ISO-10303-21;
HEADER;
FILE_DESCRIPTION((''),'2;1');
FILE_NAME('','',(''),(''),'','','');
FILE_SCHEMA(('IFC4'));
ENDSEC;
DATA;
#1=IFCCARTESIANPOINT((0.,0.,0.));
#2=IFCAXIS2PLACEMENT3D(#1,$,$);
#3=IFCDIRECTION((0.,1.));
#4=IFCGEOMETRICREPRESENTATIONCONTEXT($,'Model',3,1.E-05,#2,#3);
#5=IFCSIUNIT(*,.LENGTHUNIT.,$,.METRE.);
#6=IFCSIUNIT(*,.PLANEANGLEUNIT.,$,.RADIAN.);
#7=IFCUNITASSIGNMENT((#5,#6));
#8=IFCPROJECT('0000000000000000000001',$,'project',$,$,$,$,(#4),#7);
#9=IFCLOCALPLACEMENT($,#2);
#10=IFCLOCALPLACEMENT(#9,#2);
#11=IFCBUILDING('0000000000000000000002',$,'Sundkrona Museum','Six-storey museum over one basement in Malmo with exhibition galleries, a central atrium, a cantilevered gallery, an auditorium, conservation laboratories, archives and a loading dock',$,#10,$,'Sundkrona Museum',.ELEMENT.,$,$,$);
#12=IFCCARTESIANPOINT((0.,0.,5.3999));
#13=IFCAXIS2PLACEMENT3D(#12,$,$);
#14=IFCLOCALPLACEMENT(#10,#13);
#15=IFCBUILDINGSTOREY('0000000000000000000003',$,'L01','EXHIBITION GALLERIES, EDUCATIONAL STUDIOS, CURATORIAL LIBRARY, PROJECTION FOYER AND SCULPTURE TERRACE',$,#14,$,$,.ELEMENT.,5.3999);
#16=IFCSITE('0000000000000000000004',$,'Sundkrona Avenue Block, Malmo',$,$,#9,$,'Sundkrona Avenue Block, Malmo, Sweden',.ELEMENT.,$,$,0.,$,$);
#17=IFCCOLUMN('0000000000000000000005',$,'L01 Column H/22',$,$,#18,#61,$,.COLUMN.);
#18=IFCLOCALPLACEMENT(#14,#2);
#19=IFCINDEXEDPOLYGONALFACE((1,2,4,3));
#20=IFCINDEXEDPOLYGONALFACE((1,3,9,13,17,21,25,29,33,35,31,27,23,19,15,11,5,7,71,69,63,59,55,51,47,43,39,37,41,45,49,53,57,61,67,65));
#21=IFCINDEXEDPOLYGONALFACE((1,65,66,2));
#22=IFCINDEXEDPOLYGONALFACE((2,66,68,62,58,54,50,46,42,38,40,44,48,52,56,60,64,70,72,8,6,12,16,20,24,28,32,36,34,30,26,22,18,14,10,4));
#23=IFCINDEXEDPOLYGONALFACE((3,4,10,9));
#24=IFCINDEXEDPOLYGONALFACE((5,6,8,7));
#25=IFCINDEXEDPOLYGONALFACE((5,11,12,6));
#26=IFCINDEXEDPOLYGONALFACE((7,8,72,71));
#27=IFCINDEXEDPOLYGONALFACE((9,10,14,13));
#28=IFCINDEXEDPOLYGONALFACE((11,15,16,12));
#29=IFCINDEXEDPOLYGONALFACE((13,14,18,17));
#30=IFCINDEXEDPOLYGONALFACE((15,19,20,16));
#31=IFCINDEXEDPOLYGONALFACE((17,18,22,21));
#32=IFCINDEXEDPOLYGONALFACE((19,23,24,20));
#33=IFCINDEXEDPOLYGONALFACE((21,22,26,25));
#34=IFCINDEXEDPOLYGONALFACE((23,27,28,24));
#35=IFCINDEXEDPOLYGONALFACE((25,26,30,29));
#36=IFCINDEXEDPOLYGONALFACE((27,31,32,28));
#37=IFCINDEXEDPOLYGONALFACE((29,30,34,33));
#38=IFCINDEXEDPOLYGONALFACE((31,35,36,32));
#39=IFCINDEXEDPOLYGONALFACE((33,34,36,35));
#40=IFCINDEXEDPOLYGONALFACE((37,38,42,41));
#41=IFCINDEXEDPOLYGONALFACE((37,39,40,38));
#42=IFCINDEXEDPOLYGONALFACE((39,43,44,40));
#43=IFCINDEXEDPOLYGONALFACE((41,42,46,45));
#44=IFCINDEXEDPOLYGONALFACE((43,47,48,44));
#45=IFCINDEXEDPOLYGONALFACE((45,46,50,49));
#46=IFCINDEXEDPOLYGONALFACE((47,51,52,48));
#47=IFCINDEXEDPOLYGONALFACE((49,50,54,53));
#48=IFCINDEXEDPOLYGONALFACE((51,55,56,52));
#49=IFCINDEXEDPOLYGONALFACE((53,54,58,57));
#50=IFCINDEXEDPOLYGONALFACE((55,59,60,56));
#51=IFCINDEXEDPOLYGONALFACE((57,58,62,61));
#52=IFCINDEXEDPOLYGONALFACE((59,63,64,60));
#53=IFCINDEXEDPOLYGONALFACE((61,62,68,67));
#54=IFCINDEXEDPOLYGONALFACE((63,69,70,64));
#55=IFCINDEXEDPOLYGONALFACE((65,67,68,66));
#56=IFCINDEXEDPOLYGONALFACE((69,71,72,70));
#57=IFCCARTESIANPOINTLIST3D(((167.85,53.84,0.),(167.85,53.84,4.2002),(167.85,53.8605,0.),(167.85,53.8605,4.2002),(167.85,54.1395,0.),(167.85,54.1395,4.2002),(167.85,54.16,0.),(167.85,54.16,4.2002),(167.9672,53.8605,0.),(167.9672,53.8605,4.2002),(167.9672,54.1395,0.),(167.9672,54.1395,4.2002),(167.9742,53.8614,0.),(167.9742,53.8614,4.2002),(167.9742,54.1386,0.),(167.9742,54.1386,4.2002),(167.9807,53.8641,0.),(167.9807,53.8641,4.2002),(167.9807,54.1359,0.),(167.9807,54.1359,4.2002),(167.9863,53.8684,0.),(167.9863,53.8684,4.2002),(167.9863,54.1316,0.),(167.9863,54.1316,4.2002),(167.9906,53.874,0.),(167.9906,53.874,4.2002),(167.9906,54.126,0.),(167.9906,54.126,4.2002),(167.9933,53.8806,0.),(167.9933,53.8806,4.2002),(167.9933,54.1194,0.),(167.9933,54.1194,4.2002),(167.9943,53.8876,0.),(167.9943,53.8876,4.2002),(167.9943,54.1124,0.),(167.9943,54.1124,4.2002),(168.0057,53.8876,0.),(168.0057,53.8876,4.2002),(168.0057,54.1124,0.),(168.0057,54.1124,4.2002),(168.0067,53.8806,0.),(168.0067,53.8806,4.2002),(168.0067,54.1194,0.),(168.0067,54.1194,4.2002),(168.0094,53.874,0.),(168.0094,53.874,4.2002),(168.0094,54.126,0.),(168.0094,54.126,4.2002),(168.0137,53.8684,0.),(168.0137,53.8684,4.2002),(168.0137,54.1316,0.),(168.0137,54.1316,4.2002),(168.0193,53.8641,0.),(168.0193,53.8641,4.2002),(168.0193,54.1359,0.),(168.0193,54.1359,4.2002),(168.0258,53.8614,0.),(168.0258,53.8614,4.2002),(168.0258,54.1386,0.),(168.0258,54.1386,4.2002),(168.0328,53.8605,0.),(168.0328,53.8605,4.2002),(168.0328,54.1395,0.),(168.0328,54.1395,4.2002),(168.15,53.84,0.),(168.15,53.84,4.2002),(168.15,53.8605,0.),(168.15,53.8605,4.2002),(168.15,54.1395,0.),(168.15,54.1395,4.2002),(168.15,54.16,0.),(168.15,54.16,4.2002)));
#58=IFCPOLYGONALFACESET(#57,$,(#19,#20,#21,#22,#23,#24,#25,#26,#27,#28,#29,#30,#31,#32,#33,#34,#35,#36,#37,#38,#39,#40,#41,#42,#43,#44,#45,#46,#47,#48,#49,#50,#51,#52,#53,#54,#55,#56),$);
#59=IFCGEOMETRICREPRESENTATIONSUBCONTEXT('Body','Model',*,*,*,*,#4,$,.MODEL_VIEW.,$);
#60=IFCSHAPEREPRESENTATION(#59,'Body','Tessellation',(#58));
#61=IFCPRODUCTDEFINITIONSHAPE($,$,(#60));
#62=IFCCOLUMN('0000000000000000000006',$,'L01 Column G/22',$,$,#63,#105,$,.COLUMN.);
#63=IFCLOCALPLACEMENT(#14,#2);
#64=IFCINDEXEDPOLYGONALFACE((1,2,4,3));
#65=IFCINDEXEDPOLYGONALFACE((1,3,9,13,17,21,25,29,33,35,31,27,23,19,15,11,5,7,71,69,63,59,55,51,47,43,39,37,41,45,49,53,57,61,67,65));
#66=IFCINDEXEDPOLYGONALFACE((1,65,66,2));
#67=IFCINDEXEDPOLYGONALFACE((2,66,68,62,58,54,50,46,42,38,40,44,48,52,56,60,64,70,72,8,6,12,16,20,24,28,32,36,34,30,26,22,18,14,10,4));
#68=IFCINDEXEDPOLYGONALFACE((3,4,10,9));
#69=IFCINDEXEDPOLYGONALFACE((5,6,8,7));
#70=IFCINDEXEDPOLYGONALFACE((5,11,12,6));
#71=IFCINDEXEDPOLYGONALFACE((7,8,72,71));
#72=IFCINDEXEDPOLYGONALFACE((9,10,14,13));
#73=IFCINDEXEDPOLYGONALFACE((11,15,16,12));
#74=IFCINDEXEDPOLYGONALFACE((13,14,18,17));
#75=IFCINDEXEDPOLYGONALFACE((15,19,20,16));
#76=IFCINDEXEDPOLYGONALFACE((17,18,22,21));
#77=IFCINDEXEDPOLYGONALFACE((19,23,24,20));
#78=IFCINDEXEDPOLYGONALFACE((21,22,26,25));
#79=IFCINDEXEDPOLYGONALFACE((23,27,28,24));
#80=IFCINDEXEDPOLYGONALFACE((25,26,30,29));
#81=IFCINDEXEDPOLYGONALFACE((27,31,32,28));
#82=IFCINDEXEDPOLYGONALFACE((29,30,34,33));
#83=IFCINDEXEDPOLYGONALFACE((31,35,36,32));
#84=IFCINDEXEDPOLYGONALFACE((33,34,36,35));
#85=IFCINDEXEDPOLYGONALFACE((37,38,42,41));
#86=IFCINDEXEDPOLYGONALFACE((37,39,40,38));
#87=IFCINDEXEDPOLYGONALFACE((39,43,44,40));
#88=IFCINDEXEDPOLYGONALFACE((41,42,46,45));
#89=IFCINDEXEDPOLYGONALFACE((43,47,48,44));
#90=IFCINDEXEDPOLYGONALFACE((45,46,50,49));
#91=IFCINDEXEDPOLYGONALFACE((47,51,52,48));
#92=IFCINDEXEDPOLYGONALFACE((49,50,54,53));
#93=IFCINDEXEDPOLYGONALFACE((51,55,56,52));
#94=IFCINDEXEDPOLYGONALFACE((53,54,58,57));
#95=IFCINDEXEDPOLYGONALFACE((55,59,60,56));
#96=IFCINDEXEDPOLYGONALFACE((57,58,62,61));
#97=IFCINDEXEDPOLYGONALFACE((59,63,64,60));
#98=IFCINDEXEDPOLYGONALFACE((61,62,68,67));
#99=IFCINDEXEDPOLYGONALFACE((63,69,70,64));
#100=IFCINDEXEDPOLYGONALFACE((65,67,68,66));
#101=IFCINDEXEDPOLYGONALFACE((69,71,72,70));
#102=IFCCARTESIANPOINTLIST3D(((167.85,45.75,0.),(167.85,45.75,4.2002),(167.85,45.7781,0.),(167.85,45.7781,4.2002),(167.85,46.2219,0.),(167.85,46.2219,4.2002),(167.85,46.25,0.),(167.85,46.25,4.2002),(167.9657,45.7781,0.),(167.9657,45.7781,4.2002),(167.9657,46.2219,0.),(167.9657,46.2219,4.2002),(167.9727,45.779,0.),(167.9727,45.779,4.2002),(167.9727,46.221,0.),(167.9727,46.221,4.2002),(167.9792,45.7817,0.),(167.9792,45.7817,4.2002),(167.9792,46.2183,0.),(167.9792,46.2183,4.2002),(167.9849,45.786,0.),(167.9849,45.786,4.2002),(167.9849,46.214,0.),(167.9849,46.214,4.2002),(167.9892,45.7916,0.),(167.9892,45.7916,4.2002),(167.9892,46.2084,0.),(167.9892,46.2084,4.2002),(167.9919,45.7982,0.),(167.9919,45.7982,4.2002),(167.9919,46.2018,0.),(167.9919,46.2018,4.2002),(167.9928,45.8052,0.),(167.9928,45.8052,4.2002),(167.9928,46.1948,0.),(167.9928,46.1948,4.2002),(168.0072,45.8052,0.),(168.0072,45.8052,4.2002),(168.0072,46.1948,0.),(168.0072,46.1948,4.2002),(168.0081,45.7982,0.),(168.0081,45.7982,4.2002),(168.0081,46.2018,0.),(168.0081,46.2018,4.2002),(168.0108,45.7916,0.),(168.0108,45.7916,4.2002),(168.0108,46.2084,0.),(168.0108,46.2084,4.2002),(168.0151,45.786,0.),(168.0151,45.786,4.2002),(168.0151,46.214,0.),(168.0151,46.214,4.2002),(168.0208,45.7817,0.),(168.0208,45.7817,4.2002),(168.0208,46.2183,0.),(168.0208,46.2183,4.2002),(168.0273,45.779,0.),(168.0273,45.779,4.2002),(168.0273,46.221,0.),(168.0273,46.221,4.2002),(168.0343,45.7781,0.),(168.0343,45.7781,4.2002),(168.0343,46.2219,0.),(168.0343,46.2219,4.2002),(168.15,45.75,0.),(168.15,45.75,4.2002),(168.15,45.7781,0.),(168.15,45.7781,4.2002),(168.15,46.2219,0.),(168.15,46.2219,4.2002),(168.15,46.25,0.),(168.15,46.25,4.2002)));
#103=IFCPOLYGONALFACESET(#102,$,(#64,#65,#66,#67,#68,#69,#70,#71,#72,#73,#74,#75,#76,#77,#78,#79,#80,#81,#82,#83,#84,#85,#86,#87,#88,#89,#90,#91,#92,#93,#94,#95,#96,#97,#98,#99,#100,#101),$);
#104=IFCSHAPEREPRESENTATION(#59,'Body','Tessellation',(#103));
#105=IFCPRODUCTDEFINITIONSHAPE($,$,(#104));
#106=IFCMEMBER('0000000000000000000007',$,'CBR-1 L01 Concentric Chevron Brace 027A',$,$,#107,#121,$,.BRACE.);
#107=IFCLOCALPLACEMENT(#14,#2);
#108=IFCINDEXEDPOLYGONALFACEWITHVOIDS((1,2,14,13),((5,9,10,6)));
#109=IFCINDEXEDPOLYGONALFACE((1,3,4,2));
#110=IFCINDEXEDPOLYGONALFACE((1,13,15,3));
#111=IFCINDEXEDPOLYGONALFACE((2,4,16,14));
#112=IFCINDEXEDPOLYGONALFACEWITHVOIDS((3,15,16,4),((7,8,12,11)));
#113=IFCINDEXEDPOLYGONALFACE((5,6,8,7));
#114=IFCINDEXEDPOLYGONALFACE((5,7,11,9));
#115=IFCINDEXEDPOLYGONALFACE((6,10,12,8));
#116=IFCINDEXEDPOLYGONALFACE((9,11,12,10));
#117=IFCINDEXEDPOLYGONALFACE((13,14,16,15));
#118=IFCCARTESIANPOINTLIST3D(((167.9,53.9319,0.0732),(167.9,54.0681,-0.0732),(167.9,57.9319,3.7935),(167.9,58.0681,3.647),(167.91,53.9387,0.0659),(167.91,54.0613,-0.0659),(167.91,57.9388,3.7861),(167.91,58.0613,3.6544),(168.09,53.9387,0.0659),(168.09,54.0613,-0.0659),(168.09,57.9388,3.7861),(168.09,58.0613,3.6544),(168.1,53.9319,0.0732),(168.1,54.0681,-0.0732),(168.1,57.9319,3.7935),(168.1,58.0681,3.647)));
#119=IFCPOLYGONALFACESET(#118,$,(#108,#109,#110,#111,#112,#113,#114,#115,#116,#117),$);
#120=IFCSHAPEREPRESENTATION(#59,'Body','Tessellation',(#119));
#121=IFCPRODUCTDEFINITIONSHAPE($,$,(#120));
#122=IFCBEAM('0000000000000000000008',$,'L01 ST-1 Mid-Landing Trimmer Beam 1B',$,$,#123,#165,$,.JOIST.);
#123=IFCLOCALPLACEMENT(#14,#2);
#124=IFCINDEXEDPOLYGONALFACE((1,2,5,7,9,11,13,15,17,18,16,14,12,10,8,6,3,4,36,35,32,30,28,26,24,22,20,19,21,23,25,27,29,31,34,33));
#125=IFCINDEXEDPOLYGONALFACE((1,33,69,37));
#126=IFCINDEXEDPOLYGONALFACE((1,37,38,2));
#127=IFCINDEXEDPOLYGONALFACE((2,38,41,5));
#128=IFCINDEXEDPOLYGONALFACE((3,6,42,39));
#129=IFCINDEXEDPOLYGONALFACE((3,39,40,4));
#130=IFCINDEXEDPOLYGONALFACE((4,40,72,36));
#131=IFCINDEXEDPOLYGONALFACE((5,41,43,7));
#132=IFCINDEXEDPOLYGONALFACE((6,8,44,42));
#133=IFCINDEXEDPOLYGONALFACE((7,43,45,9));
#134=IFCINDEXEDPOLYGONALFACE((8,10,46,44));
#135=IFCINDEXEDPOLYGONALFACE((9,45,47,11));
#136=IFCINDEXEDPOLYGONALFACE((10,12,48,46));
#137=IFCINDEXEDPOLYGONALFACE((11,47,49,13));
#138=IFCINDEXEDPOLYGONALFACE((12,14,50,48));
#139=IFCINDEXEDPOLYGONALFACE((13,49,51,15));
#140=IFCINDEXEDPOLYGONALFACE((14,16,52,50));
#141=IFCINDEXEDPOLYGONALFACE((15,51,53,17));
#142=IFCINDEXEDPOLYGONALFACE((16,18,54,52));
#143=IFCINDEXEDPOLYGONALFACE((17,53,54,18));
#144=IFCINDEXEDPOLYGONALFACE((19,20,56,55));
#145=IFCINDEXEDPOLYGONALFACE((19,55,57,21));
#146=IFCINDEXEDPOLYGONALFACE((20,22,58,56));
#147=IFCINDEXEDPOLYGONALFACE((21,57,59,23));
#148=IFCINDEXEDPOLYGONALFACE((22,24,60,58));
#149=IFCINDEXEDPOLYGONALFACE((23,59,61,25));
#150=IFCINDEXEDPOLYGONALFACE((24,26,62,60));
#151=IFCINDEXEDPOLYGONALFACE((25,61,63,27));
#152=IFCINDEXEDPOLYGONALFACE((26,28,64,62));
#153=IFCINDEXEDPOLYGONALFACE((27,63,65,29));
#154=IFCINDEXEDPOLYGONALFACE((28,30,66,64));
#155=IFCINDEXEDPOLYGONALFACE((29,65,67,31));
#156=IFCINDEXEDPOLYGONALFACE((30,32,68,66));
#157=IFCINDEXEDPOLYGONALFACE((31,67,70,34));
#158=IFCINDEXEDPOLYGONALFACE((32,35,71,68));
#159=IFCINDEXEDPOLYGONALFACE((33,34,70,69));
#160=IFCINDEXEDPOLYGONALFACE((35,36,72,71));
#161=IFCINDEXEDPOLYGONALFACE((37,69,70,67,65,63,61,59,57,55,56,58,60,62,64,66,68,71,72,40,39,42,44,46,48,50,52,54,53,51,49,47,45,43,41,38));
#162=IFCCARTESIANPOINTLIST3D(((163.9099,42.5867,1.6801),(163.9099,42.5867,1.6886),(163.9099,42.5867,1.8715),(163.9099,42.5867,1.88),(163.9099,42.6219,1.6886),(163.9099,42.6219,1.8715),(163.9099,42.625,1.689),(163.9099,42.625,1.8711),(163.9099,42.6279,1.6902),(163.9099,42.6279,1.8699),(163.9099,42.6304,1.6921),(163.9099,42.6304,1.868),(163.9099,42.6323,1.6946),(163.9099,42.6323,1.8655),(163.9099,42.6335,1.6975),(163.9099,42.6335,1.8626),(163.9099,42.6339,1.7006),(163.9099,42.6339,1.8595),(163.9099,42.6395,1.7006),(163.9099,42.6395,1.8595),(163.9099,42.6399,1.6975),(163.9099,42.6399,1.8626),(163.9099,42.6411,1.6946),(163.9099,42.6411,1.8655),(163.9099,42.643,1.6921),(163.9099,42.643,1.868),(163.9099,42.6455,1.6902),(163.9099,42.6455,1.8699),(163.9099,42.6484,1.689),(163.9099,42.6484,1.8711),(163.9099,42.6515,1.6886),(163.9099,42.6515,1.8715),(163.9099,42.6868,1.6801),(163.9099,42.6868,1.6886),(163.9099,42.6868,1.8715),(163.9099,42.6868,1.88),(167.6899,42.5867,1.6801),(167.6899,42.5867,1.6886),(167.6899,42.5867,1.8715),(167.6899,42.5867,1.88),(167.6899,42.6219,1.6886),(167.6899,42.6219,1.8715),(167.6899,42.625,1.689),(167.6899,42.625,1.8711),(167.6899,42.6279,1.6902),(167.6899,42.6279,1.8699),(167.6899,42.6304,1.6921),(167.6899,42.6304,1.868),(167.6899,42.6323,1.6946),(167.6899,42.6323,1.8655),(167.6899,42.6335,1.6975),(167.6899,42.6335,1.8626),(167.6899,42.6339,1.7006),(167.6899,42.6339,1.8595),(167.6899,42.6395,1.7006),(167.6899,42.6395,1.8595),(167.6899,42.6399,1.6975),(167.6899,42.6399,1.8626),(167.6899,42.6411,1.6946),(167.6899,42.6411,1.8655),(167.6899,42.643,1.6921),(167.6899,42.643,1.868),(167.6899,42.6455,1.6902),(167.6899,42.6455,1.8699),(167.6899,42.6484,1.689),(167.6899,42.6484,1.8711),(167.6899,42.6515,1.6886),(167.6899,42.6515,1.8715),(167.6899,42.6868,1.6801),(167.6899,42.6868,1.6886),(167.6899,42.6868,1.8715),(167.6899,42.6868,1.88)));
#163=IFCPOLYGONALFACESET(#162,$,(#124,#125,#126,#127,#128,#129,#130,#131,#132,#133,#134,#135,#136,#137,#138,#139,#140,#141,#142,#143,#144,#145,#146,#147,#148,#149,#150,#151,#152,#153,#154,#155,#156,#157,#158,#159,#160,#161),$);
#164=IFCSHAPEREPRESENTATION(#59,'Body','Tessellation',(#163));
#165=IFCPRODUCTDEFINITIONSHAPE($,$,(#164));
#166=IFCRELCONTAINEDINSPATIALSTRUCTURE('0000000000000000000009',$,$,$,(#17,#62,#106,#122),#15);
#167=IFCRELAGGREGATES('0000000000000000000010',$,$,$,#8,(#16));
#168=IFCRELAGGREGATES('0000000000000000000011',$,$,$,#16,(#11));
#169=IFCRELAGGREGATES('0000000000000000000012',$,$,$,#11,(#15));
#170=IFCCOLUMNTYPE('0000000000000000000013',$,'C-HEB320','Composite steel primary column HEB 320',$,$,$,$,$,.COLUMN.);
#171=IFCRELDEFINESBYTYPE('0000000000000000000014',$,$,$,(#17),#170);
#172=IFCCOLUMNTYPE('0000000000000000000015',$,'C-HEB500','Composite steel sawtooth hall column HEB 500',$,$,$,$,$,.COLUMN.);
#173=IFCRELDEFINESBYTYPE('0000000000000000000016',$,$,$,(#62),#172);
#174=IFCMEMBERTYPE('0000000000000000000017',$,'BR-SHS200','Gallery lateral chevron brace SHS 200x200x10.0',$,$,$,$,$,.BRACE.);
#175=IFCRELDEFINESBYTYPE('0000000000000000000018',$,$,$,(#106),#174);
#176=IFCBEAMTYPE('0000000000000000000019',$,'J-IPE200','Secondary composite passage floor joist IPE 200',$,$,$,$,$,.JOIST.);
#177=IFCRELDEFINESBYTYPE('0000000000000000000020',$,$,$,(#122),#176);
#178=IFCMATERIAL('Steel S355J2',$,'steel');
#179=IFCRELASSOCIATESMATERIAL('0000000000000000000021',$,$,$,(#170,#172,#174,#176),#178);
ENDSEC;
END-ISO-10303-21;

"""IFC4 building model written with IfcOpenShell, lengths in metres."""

from ifc_helpers import new_model, si_unit, direction, frame, origin, origin_2d, place, context, subcontext, project, spatial, hollow_rectangle, i_section, extrude, material, material_profile, profile_set, type_object, element, save


model = new_model("IFC4")

# Units and contexts
model_context = context("Model", 3, precision=1e-05, world=origin(), true_north=direction((0.0, 1.0)))
body_context = subcontext(model_context, "Body", "Model", "MODEL_VIEW")
ifc_project = project(units=[si_unit("LENGTHUNIT", "METRE"), si_unit("PLANEANGLEUNIT", "RADIAN")], contexts=[model_context])

# Site, building, storey
site_placement = place(None, origin())
site = spatial("IfcSite", under=ifc_project, at=site_placement, Name="Sundkrona Avenue Block, Malmo", LongName="Sundkrona Avenue Block, Malmo, Sweden", CompositionType="ELEMENT", RefElevation=0.0)
building_placement = place(site_placement, origin())
building = spatial("IfcBuilding", under=site, at=building_placement, Name="Sundkrona Museum", Description="Six-storey museum over one basement in Malmo with exhibition galleries, a central atrium, a cantilevered gallery, an auditorium, conservation laboratories, archives and a loading dock", LongName="Sundkrona Museum", CompositionType="ELEMENT")
storey_placement = place(building_placement, frame((0.0, 0.0, 5.3999)))
storey = spatial("IfcBuildingStorey", under=building, at=storey_placement, Name="L01", Description="EXHIBITION GALLERIES, EDUCATIONAL STUDIOS, CURATORIAL LIBRARY, PROJECTION FOYER AND SCULPTURE TERRACE", CompositionType="ELEMENT", Elevation=5.3999)

# Columns
ifc_material_1 = material(Name="Steel S355J2", Category="steel")
ifc_material_profile_1 = material_profile(ifc_material_1, i_section(OverallWidth=0.3, OverallDepth=0.3201, WebThickness=0.0115, FlangeThickness=0.0205, FilletRadius=0.0271, at=origin_2d()), Name="HEB 320")
ifc_profile_set_1 = profile_set([ifc_material_profile_1], Name="Steel S355J2")
column_type_1 = type_object("IfcColumnType", Name="C-HEB320", Description="Composite steel primary column HEB 320", PredefinedType="COLUMN", material=ifc_profile_set_1)
column_1_placement = place(storey_placement, frame((168.0, 54.0, 0.0), z_axis=(0.0, 0.0, 1.0), x_axis=(1.0, 0.0, 0.0)))
element("IfcColumn", 1, at=column_1_placement, inside=storey, type_object=column_type_1, Name="L01 Column H/22", PredefinedType="COLUMN", context=body_context, shape_type="SweptSolid", body=[
    extrude(i_section(OverallWidth=0.3, OverallDepth=0.3201, WebThickness=0.0115, FlangeThickness=0.0205, FilletRadius=0.0271, at=origin_2d()), origin(), (0.0, 0.0, 1.0), 4.2002),
])
ifc_material_profile_2 = material_profile(ifc_material_1, i_section(OverallWidth=0.3, OverallDepth=0.5, WebThickness=0.0144, FlangeThickness=0.0281, FilletRadius=0.0271, at=origin_2d()), Name="HEB 500")
ifc_profile_set_2 = profile_set([ifc_material_profile_2], Name="Steel S355J2")
column_type_2 = type_object("IfcColumnType", Name="C-HEB500", Description="Composite steel sawtooth hall column HEB 500", PredefinedType="COLUMN", material=ifc_profile_set_2)
column_2_placement = place(storey_placement, frame((168.0, 46.0, 0.0), z_axis=(0.0, 0.0, 1.0), x_axis=(1.0, 0.0, 0.0)))
element("IfcColumn", 2, at=column_2_placement, inside=storey, type_object=column_type_2, Name="L01 Column G/22", PredefinedType="COLUMN", context=body_context, shape_type="SweptSolid", body=[
    extrude(i_section(OverallWidth=0.3, OverallDepth=0.5, WebThickness=0.0144, FlangeThickness=0.0281, FilletRadius=0.0271, at=origin_2d()), origin(), (0.0, 0.0, 1.0), 4.2002),
])

# Member
ifc_material_profile_3 = material_profile(ifc_material_1, hollow_rectangle(XDim=0.2, YDim=0.2, WallThickness=0.01, at=origin_2d()), Name="SHS 200x200x10.0")
ifc_profile_set_3 = profile_set([ifc_material_profile_3], Name="Steel S355J2")
member_type = type_object("IfcMemberType", Name="BR-SHS200", Description="Gallery lateral chevron brace SHS 200x200x10.0", PredefinedType="BRACE", material=ifc_profile_set_3)
member_placement = place(storey_placement, frame((168.0, 54.0, 0.0), z_axis=(0.0, 0.732252, 0.681034), x_axis=(-1.0, 0.0, 0.0)))
element("IfcMember", 3, at=member_placement, inside=storey, type_object=member_type, Name="CBR-1 L01 Concentric Chevron Brace 027A", PredefinedType="BRACE", context=body_context, shape_type="SweptSolid", body=[
    extrude(hollow_rectangle(XDim=0.2, YDim=0.2, WallThickness=0.01, at=origin_2d()), origin(), (0.0, 0.0, 1.0), 5.4626),
])

# Beam
ifc_material_profile_4 = material_profile(ifc_material_1, i_section(OverallWidth=0.1001, OverallDepth=0.2, WebThickness=0.0056, FlangeThickness=0.0085, FilletRadius=0.012, at=origin_2d()), Name="IPE 200")
ifc_profile_set_4 = profile_set([ifc_material_profile_4], Name="Steel S355J2")
beam_type_1 = type_object("IfcBeamType", Name="J-IPE200", Description="Secondary composite passage floor joist IPE 200", PredefinedType="JOIST", material=ifc_profile_set_4)
beam_1_placement = place(storey_placement, frame((163.9099, 42.6367, 1.78), z_axis=(1.0, 0.0, 0.0), x_axis=(0.0, 1.0, 0.0)))
element("IfcBeam", 4, at=beam_1_placement, inside=storey, type_object=beam_type_1, Name="L01 ST-1 Mid-Landing Trimmer Beam 1B", PredefinedType="JOIST", context=body_context, shape_type="SweptSolid", body=[
    extrude(i_section(OverallWidth=0.1001, OverallDepth=0.2, WebThickness=0.0056, FlangeThickness=0.0085, FilletRadius=0.012, at=origin_2d()), origin(), (0.0, 0.0, 1.0), 3.78),
])

save(model, "model.ifc")
